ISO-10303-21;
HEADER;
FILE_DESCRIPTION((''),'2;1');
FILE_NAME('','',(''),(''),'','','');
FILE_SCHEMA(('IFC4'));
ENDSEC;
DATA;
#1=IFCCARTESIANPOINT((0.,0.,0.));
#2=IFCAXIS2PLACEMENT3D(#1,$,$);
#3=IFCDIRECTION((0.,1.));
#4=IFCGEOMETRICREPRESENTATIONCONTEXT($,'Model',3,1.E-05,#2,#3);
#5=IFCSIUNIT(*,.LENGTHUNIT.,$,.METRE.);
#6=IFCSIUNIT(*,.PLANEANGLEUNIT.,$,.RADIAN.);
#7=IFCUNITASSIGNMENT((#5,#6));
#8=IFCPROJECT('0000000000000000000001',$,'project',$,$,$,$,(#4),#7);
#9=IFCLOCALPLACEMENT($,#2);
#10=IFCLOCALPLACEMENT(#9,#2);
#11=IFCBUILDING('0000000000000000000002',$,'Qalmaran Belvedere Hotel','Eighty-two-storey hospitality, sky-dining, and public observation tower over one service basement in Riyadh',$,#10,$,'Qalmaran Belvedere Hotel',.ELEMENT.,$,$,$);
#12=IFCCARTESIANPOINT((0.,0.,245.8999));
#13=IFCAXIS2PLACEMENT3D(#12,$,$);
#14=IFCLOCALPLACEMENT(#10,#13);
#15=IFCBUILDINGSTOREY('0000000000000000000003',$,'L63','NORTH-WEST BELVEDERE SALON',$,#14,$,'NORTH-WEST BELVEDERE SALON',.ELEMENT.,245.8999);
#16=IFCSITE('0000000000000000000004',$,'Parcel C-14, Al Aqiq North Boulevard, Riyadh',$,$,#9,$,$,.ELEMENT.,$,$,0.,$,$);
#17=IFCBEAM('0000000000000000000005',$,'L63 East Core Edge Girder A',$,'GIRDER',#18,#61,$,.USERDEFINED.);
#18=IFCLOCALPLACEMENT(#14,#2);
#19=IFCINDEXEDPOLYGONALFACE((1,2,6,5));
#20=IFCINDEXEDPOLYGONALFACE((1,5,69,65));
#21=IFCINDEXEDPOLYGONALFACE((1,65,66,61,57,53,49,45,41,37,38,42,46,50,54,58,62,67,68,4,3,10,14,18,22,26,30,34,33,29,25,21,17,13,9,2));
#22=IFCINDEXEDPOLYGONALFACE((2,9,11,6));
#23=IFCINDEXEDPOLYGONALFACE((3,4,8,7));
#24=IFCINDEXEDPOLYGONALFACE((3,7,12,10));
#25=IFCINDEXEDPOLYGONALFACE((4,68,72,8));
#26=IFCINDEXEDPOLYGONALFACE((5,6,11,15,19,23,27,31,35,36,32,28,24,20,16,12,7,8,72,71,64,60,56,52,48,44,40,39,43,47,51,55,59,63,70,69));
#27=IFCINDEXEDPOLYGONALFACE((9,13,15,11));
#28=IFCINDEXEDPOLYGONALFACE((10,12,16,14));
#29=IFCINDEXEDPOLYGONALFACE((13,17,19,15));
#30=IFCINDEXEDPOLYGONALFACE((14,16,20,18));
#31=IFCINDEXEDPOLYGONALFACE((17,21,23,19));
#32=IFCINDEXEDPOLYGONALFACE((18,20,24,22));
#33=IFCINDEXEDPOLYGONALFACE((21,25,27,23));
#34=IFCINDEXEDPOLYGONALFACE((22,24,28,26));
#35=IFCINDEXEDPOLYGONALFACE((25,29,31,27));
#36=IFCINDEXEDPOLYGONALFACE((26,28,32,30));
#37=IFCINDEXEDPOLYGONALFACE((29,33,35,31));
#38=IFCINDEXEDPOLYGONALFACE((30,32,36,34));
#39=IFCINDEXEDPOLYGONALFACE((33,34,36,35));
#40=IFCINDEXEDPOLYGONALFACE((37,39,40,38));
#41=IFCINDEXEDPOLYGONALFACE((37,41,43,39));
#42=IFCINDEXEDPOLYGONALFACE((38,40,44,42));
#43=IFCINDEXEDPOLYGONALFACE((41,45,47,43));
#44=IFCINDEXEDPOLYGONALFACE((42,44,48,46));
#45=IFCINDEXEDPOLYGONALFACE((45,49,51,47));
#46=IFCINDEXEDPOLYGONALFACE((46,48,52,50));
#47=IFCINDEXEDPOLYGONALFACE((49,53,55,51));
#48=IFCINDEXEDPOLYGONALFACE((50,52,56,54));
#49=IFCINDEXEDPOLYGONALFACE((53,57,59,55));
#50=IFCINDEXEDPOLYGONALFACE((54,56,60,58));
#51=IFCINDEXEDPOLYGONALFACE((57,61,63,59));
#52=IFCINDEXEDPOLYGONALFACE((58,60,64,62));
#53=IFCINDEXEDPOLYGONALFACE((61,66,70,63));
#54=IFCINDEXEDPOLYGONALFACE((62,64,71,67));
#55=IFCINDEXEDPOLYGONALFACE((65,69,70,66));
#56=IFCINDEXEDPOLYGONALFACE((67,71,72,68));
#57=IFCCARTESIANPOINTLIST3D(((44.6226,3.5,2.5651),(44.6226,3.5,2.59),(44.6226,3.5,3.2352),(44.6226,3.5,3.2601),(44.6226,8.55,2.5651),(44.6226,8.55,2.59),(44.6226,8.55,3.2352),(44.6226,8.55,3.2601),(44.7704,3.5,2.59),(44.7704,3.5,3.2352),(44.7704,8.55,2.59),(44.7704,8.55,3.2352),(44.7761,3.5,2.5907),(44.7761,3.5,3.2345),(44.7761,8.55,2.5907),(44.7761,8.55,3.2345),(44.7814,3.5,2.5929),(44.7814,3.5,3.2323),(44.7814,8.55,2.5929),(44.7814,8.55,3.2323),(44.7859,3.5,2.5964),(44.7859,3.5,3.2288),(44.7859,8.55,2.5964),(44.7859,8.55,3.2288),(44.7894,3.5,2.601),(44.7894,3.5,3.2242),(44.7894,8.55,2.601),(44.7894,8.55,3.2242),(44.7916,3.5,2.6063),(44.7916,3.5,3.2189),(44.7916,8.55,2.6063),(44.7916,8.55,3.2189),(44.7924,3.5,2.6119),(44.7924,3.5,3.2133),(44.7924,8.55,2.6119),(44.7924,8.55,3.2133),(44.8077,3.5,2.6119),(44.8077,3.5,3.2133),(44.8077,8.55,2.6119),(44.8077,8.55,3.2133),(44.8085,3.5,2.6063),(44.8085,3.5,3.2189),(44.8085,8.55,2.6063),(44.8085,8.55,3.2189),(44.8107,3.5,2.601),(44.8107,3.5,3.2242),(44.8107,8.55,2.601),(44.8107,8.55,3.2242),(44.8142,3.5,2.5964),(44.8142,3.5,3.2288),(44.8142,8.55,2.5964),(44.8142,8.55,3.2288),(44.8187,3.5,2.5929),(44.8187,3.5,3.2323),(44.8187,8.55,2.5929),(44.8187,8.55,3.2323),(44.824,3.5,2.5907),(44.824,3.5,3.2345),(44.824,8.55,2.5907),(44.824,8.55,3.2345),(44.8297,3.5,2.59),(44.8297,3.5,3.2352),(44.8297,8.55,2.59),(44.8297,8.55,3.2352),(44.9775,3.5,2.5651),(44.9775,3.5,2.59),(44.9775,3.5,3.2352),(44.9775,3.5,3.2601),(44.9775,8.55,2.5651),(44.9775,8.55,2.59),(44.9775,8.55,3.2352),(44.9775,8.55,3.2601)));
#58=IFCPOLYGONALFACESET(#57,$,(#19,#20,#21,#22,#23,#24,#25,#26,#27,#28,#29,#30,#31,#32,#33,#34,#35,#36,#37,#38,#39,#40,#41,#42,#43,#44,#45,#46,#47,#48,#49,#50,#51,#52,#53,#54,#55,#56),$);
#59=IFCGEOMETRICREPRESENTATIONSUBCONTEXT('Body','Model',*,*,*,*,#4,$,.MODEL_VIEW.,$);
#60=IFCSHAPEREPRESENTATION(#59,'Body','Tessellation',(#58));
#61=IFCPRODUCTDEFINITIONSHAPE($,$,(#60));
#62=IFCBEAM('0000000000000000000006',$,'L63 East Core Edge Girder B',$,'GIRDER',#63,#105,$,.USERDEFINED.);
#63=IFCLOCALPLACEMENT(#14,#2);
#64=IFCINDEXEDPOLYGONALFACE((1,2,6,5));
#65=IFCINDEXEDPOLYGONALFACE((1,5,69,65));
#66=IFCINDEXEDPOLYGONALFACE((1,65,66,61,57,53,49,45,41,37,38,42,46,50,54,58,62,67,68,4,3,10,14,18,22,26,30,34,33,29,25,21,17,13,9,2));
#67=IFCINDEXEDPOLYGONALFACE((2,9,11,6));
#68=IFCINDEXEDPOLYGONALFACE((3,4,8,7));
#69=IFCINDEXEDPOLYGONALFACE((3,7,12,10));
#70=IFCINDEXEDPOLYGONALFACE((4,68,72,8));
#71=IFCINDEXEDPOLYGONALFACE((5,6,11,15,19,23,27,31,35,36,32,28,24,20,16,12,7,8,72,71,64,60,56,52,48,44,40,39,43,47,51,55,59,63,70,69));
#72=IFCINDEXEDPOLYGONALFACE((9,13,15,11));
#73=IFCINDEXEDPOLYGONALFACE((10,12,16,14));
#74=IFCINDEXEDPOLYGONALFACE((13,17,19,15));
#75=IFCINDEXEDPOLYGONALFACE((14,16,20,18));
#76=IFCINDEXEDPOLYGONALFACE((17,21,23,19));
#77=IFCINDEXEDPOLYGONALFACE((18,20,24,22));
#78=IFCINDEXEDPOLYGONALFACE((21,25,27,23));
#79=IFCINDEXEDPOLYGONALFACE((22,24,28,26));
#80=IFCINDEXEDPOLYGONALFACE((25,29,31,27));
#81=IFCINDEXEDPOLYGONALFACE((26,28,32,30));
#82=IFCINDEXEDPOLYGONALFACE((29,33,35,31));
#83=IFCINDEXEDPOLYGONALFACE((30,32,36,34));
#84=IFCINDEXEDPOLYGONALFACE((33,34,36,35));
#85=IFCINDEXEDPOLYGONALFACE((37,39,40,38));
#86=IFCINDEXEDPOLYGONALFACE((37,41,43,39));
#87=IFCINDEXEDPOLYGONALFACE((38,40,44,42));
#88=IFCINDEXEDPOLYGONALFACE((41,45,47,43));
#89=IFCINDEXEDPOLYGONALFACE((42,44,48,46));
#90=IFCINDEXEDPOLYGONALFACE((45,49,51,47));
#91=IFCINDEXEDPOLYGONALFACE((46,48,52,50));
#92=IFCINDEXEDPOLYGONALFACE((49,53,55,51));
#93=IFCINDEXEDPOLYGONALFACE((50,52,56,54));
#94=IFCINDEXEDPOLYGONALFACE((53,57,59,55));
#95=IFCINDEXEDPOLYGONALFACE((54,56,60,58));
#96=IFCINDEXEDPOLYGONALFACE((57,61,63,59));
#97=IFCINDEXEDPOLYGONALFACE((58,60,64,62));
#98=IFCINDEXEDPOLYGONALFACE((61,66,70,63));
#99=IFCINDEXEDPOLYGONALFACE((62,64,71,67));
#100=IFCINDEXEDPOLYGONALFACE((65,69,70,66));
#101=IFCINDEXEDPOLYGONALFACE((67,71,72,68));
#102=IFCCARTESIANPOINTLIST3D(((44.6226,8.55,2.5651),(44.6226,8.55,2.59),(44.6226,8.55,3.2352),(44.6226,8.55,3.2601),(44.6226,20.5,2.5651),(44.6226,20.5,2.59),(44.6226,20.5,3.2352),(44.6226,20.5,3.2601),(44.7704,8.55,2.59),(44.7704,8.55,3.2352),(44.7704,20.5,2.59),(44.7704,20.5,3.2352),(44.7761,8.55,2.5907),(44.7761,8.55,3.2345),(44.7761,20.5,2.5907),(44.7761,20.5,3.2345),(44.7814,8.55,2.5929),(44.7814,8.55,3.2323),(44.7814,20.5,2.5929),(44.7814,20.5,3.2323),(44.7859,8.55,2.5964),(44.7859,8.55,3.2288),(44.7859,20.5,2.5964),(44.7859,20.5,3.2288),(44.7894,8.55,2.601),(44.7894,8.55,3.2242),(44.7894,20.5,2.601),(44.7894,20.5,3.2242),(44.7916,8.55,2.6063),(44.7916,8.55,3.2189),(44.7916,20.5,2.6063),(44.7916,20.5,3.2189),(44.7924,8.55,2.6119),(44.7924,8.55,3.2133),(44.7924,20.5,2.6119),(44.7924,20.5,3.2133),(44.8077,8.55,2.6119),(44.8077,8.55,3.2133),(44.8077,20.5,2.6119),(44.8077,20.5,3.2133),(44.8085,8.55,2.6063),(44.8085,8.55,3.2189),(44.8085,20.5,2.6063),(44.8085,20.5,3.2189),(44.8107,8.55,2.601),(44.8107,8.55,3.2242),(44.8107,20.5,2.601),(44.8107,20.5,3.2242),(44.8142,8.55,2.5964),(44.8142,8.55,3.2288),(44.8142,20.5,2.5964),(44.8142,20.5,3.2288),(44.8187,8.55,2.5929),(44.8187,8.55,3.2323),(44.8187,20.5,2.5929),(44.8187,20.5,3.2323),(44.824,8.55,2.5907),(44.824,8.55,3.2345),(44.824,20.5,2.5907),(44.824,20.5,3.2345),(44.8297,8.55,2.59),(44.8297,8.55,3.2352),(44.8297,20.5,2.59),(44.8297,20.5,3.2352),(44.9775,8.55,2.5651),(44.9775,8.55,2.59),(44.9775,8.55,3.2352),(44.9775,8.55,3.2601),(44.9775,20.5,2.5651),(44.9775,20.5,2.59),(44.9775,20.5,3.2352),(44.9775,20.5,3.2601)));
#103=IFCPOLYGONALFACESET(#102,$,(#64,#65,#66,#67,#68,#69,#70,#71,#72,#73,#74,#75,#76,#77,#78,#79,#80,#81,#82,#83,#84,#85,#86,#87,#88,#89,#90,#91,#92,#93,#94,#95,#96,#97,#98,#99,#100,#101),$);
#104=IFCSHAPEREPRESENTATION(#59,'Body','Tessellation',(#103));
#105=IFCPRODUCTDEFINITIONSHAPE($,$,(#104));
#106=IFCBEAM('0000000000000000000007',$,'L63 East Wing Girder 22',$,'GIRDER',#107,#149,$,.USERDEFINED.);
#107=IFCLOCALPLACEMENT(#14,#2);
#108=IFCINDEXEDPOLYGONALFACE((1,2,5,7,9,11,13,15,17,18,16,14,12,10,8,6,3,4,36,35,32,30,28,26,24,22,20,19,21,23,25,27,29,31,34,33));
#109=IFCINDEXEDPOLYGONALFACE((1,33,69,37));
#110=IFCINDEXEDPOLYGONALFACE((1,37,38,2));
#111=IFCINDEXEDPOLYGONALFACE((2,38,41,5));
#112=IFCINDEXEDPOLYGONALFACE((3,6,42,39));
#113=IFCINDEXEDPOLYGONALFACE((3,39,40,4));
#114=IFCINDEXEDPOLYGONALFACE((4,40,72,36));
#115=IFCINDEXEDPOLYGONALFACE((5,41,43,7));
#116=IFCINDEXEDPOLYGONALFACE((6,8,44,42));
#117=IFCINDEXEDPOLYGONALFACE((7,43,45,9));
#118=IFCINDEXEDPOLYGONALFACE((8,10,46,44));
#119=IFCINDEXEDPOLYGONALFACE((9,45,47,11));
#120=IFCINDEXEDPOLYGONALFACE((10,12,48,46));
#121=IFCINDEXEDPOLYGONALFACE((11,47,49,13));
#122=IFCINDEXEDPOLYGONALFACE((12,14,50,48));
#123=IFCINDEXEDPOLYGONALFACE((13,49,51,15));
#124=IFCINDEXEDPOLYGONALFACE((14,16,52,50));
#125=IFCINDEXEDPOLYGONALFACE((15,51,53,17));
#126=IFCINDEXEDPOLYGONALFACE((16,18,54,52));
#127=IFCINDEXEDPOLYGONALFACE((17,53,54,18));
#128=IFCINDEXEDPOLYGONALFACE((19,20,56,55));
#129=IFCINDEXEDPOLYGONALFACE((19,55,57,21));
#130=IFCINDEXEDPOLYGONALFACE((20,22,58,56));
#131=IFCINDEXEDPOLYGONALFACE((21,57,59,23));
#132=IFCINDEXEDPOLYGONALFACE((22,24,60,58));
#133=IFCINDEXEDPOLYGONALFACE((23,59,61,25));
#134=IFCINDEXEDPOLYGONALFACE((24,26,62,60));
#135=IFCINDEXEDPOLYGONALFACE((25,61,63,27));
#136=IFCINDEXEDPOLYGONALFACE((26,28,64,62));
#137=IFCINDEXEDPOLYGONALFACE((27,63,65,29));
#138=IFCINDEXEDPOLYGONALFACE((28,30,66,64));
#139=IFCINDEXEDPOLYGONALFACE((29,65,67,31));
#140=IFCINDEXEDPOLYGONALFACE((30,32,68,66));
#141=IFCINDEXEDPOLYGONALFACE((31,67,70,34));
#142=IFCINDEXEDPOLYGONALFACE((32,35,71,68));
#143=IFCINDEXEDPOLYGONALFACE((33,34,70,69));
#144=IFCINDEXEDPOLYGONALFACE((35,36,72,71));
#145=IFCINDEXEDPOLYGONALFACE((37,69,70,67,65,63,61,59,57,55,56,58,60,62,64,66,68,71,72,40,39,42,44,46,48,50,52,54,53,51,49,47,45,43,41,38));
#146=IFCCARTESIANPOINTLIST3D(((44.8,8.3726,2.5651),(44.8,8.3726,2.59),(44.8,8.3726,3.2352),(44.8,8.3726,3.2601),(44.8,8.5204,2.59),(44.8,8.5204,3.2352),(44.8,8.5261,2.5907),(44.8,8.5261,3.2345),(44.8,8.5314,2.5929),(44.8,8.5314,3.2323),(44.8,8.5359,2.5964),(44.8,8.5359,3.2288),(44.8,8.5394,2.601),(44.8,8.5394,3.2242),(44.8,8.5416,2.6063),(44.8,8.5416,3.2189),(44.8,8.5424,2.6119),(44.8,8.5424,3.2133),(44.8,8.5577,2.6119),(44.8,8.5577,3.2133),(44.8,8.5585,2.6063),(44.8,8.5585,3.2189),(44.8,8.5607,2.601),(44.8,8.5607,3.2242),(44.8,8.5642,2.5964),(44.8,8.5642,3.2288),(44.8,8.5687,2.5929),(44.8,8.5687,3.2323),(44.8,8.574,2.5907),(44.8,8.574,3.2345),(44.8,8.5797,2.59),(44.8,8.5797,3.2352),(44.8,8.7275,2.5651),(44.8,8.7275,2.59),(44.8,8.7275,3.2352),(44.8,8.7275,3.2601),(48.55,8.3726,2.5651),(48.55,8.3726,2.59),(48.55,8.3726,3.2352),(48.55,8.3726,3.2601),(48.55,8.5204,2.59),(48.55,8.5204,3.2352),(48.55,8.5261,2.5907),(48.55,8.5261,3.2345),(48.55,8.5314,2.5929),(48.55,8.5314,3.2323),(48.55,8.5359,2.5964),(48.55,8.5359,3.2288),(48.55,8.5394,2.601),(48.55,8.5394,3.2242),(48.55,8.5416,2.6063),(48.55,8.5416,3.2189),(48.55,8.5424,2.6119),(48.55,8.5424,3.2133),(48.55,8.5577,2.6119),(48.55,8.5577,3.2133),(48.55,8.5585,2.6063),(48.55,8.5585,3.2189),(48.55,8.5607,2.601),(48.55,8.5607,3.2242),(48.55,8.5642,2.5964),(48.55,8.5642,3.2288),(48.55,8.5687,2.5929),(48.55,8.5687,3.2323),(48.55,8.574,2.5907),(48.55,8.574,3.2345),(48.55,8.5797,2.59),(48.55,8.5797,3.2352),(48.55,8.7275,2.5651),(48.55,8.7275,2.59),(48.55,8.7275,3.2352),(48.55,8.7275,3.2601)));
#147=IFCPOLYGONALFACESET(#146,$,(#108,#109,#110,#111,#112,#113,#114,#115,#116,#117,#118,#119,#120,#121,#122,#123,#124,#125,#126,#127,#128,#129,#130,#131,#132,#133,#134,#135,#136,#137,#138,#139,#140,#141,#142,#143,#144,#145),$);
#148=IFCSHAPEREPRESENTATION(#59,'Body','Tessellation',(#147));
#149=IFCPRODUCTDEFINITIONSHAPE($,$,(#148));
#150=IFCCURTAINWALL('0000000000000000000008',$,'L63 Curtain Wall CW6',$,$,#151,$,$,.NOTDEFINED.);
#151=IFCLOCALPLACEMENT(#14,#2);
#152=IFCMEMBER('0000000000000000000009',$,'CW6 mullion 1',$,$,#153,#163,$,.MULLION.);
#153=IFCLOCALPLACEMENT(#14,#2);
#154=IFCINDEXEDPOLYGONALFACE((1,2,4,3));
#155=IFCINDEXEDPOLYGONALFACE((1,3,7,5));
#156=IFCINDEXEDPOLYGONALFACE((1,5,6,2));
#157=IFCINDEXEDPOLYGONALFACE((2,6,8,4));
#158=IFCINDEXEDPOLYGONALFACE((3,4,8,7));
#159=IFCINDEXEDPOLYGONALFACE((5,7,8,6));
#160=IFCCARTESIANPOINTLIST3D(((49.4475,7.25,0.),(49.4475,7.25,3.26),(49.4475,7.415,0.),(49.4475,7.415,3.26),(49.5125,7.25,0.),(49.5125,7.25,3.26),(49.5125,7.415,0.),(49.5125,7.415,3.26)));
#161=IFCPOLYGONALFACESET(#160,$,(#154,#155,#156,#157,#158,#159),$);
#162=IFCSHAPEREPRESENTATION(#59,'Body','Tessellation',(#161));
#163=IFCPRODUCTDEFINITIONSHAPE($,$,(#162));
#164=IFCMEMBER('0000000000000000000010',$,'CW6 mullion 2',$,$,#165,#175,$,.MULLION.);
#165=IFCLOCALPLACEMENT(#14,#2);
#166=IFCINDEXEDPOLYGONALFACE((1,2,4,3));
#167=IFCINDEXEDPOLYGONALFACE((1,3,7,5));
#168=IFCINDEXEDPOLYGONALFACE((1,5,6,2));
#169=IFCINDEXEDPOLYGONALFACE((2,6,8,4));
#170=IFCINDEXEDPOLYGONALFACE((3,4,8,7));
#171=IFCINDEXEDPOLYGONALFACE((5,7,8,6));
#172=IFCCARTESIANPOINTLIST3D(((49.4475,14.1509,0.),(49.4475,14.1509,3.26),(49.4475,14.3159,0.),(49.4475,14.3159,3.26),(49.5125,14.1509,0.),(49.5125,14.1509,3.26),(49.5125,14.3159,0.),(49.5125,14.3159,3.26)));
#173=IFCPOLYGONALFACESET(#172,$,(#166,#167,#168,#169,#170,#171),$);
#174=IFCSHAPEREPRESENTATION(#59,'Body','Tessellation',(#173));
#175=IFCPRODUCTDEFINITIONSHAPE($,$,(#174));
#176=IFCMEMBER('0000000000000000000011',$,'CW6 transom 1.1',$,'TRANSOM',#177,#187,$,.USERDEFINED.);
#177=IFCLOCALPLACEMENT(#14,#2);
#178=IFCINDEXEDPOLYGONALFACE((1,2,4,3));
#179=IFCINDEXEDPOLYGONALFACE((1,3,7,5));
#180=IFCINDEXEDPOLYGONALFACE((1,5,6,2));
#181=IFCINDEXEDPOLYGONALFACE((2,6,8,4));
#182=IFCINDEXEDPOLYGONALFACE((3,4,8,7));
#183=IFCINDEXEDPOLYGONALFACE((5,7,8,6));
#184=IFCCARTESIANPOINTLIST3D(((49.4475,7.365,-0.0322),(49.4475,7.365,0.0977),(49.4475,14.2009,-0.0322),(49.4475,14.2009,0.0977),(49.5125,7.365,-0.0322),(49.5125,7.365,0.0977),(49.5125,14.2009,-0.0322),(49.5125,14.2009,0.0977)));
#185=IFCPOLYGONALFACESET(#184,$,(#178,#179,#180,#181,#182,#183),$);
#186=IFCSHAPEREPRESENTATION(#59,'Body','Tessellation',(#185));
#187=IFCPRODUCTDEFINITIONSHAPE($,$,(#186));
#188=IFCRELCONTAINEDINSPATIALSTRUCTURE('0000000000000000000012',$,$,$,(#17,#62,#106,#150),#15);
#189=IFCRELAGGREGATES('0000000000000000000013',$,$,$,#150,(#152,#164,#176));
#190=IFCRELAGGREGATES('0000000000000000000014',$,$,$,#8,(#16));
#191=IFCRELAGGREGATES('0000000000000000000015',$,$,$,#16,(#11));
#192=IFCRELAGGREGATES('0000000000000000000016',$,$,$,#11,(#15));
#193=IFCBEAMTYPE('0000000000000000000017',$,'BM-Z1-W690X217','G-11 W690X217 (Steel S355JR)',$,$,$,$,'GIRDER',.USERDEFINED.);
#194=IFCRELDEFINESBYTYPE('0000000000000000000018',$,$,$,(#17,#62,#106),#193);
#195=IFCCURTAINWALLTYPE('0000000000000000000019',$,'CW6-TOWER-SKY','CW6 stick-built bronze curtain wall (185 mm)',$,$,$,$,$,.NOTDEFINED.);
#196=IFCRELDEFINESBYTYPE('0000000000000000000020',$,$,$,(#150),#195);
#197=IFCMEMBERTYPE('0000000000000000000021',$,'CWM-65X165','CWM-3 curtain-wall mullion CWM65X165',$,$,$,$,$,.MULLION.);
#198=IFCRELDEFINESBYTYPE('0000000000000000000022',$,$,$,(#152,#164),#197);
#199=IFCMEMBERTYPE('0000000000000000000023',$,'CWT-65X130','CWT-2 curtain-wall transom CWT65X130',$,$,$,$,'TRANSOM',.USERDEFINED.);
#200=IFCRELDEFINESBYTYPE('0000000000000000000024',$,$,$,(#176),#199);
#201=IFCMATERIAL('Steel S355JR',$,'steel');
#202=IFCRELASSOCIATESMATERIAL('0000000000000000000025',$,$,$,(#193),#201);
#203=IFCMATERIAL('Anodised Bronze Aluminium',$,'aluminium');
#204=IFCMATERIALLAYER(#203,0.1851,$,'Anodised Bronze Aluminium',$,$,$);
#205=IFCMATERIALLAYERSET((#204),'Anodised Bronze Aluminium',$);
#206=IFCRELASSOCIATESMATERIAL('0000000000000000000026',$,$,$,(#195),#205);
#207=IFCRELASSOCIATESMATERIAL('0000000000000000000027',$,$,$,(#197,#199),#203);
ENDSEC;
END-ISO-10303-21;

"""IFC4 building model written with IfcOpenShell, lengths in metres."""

from ifc_helpers import new_model, si_unit, direction, frame, origin, origin_2d, place, context, subcontext, project, spatial, rectangle, i_section, extrude, material, layer, layer_set, material_profile, profile_set, type_object, element, aggregate, save


model = new_model("IFC4")

# Units and contexts
model_context = context("Model", 3, precision=1e-05, world=origin(), true_north=direction((0.0, 1.0)))
body_context = subcontext(model_context, "Body", "Model", "MODEL_VIEW")
ifc_project = project(units=[si_unit("LENGTHUNIT", "METRE"), si_unit("PLANEANGLEUNIT", "RADIAN")], contexts=[model_context])

# Site, building, storey
site_placement = place(None, origin())
site = spatial("IfcSite", under=ifc_project, at=site_placement, Name="Parcel C-14, Al Aqiq North Boulevard, Riyadh", CompositionType="ELEMENT", RefElevation=0.0)
building_placement = place(site_placement, origin())
building = spatial("IfcBuilding", under=site, at=building_placement, Name="Qalmaran Belvedere Hotel", Description="Eighty-two-storey hospitality, sky-dining, and public observation tower over one service basement in Riyadh", LongName="Qalmaran Belvedere Hotel", CompositionType="ELEMENT")
storey_placement = place(building_placement, frame((0.0, 0.0, 245.8999)))
storey = spatial("IfcBuildingStorey", under=building, at=storey_placement, Name="L63", Description="NORTH-WEST BELVEDERE SALON", LongName="NORTH-WEST BELVEDERE SALON", CompositionType="ELEMENT", Elevation=245.8999)

# Beams
ifc_material_1 = material(Name="Steel S355JR", Category="steel")
ifc_material_profile_1 = material_profile(ifc_material_1, i_section(OverallWidth=0.355, OverallDepth=0.6951, WebThickness=0.0154, FlangeThickness=0.0249, FilletRadius=0.022, at=origin_2d()), Name="W690X217")
ifc_profile_set_1 = profile_set([ifc_material_profile_1], Name="Steel S355JR")
beam_type_1 = type_object("IfcBeamType", Name="BM-Z1-W690X217", Description="G-11 W690X217 (Steel S355JR)", ElementType="GIRDER", PredefinedType="USERDEFINED", material=ifc_profile_set_1)
beam_1_placement = place(storey_placement, frame((44.8, 3.5, 2.9126), z_axis=(0.0, 1.0, 0.0), x_axis=(-1.0, 0.0, 0.0)))
element("IfcBeam", 1, at=beam_1_placement, inside=storey, type_object=beam_type_1, Name="L63 East Core Edge Girder A", ObjectType="GIRDER", PredefinedType="USERDEFINED", context=body_context, shape_type="SweptSolid", body=[
    extrude(i_section(OverallWidth=0.355, OverallDepth=0.6951, WebThickness=0.0154, FlangeThickness=0.0249, FilletRadius=0.022, at=origin_2d()), origin(), (0.0, 0.0, 1.0), 5.05),
])
beam_2_placement = place(storey_placement, frame((44.8, 8.55, 2.9126), z_axis=(0.0, 1.0, 0.0), x_axis=(-1.0, 0.0, 0.0)))
element("IfcBeam", 2, at=beam_2_placement, inside=storey, type_object=beam_type_1, Name="L63 East Core Edge Girder B", ObjectType="GIRDER", PredefinedType="USERDEFINED", context=body_context, shape_type="SweptSolid", body=[
    extrude(i_section(OverallWidth=0.355, OverallDepth=0.6951, WebThickness=0.0154, FlangeThickness=0.0249, FilletRadius=0.022, at=origin_2d()), origin(), (0.0, 0.0, 1.0), 11.95),
])
beam_3_placement = place(storey_placement, frame((44.8, 8.55, 2.9126), z_axis=(1.0, 0.0, 0.0), x_axis=(0.0, 1.0, 0.0)))
element("IfcBeam", 3, at=beam_3_placement, inside=storey, type_object=beam_type_1, Name="L63 East Wing Girder 22", ObjectType="GIRDER", PredefinedType="USERDEFINED", context=body_context, shape_type="SweptSolid", body=[
    extrude(i_section(OverallWidth=0.355, OverallDepth=0.6951, WebThickness=0.0154, FlangeThickness=0.0249, FilletRadius=0.022, at=origin_2d()), origin(), (0.0, 0.0, 1.0), 3.75),
])

# Curtain wall, members
ifc_material_2 = material(Name="Anodised Bronze Aluminium", Category="aluminium")
ifc_layer_1 = layer(ifc_material_2, 0.1851, Name="Anodised Bronze Aluminium")
ifc_layer_set_1 = layer_set([ifc_layer_1], Name="Anodised Bronze Aluminium")
curtain_wall_type = type_object("IfcCurtainWallType", Name="CW6-TOWER-SKY", Description="CW6 stick-built bronze curtain wall (185 mm)", PredefinedType="NOTDEFINED", material=ifc_layer_set_1)
curtain_wall_placement = place(storey_placement, origin())
curtain_wall = element("IfcCurtainWall", 4, at=curtain_wall_placement, inside=storey, type_object=curtain_wall_type, Name="L63 Curtain Wall CW6", PredefinedType="NOTDEFINED")
ifc_material_profile_2 = material_profile(ifc_material_2, rectangle(XDim=0.0649, YDim=0.165, at=origin_2d()), Name="CWM65X165")
ifc_profile_set_2 = profile_set([ifc_material_profile_2], Name="Anodised Bronze Aluminium")
member_type_1 = type_object("IfcMemberType", Name="CWM-65X165", Description="CWM-3 curtain-wall mullion CWM65X165", PredefinedType="MULLION", material=ifc_profile_set_2)
member_1_placement = place(storey_placement, frame((49.48, 7.3325, 0.0), z_axis=(0.0, 0.0, 1.0), x_axis=(-1.0, 0.0, 0.0)))
member_1 = element("IfcMember", 5, at=member_1_placement, type_object=member_type_1, Name="CW6 mullion 1", PredefinedType="MULLION", context=body_context, shape_type="SweptSolid", body=[
    extrude(rectangle(XDim=0.0649, YDim=0.165, at=origin_2d()), origin(), (0.0, 0.0, 1.0), 3.26),
])
member_2_placement = place(storey_placement, frame((49.48, 14.2334, 0.0), z_axis=(0.0, 0.0, 1.0), x_axis=(-1.0, 0.0, 0.0)))
member_2 = element("IfcMember", 6, at=member_2_placement, type_object=member_type_1, Name="CW6 mullion 2", PredefinedType="MULLION", context=body_context, shape_type="SweptSolid", body=[
    extrude(rectangle(XDim=0.0649, YDim=0.165, at=origin_2d()), origin(), (0.0, 0.0, 1.0), 3.26),
])
ifc_material_profile_3 = material_profile(ifc_material_2, rectangle(XDim=0.0649, YDim=0.1299, at=origin_2d()), Name="CWT65X130")
ifc_profile_set_3 = profile_set([ifc_material_profile_3], Name="Anodised Bronze Aluminium")
member_type_2 = type_object("IfcMemberType", Name="CWT-65X130", Description="CWT-2 curtain-wall transom CWT65X130", ElementType="TRANSOM", PredefinedType="USERDEFINED", material=ifc_profile_set_3)
member_3_placement = place(storey_placement, frame((49.48, 7.365, 0.0327), z_axis=(0.0, 1.0, 0.0), x_axis=(-1.0, 0.0, 0.0)))
member_3 = element("IfcMember", 7, at=member_3_placement, type_object=member_type_2, Name="CW6 transom 1.1", ObjectType="TRANSOM", PredefinedType="USERDEFINED", context=body_context, shape_type="SweptSolid", body=[
    extrude(rectangle(XDim=0.0649, YDim=0.1299, at=origin_2d()), origin(), (0.0, 0.0, 1.0), 6.8359),
])
aggregate(curtain_wall, [member_1, member_2, member_3])

save(model, "model.ifc")
